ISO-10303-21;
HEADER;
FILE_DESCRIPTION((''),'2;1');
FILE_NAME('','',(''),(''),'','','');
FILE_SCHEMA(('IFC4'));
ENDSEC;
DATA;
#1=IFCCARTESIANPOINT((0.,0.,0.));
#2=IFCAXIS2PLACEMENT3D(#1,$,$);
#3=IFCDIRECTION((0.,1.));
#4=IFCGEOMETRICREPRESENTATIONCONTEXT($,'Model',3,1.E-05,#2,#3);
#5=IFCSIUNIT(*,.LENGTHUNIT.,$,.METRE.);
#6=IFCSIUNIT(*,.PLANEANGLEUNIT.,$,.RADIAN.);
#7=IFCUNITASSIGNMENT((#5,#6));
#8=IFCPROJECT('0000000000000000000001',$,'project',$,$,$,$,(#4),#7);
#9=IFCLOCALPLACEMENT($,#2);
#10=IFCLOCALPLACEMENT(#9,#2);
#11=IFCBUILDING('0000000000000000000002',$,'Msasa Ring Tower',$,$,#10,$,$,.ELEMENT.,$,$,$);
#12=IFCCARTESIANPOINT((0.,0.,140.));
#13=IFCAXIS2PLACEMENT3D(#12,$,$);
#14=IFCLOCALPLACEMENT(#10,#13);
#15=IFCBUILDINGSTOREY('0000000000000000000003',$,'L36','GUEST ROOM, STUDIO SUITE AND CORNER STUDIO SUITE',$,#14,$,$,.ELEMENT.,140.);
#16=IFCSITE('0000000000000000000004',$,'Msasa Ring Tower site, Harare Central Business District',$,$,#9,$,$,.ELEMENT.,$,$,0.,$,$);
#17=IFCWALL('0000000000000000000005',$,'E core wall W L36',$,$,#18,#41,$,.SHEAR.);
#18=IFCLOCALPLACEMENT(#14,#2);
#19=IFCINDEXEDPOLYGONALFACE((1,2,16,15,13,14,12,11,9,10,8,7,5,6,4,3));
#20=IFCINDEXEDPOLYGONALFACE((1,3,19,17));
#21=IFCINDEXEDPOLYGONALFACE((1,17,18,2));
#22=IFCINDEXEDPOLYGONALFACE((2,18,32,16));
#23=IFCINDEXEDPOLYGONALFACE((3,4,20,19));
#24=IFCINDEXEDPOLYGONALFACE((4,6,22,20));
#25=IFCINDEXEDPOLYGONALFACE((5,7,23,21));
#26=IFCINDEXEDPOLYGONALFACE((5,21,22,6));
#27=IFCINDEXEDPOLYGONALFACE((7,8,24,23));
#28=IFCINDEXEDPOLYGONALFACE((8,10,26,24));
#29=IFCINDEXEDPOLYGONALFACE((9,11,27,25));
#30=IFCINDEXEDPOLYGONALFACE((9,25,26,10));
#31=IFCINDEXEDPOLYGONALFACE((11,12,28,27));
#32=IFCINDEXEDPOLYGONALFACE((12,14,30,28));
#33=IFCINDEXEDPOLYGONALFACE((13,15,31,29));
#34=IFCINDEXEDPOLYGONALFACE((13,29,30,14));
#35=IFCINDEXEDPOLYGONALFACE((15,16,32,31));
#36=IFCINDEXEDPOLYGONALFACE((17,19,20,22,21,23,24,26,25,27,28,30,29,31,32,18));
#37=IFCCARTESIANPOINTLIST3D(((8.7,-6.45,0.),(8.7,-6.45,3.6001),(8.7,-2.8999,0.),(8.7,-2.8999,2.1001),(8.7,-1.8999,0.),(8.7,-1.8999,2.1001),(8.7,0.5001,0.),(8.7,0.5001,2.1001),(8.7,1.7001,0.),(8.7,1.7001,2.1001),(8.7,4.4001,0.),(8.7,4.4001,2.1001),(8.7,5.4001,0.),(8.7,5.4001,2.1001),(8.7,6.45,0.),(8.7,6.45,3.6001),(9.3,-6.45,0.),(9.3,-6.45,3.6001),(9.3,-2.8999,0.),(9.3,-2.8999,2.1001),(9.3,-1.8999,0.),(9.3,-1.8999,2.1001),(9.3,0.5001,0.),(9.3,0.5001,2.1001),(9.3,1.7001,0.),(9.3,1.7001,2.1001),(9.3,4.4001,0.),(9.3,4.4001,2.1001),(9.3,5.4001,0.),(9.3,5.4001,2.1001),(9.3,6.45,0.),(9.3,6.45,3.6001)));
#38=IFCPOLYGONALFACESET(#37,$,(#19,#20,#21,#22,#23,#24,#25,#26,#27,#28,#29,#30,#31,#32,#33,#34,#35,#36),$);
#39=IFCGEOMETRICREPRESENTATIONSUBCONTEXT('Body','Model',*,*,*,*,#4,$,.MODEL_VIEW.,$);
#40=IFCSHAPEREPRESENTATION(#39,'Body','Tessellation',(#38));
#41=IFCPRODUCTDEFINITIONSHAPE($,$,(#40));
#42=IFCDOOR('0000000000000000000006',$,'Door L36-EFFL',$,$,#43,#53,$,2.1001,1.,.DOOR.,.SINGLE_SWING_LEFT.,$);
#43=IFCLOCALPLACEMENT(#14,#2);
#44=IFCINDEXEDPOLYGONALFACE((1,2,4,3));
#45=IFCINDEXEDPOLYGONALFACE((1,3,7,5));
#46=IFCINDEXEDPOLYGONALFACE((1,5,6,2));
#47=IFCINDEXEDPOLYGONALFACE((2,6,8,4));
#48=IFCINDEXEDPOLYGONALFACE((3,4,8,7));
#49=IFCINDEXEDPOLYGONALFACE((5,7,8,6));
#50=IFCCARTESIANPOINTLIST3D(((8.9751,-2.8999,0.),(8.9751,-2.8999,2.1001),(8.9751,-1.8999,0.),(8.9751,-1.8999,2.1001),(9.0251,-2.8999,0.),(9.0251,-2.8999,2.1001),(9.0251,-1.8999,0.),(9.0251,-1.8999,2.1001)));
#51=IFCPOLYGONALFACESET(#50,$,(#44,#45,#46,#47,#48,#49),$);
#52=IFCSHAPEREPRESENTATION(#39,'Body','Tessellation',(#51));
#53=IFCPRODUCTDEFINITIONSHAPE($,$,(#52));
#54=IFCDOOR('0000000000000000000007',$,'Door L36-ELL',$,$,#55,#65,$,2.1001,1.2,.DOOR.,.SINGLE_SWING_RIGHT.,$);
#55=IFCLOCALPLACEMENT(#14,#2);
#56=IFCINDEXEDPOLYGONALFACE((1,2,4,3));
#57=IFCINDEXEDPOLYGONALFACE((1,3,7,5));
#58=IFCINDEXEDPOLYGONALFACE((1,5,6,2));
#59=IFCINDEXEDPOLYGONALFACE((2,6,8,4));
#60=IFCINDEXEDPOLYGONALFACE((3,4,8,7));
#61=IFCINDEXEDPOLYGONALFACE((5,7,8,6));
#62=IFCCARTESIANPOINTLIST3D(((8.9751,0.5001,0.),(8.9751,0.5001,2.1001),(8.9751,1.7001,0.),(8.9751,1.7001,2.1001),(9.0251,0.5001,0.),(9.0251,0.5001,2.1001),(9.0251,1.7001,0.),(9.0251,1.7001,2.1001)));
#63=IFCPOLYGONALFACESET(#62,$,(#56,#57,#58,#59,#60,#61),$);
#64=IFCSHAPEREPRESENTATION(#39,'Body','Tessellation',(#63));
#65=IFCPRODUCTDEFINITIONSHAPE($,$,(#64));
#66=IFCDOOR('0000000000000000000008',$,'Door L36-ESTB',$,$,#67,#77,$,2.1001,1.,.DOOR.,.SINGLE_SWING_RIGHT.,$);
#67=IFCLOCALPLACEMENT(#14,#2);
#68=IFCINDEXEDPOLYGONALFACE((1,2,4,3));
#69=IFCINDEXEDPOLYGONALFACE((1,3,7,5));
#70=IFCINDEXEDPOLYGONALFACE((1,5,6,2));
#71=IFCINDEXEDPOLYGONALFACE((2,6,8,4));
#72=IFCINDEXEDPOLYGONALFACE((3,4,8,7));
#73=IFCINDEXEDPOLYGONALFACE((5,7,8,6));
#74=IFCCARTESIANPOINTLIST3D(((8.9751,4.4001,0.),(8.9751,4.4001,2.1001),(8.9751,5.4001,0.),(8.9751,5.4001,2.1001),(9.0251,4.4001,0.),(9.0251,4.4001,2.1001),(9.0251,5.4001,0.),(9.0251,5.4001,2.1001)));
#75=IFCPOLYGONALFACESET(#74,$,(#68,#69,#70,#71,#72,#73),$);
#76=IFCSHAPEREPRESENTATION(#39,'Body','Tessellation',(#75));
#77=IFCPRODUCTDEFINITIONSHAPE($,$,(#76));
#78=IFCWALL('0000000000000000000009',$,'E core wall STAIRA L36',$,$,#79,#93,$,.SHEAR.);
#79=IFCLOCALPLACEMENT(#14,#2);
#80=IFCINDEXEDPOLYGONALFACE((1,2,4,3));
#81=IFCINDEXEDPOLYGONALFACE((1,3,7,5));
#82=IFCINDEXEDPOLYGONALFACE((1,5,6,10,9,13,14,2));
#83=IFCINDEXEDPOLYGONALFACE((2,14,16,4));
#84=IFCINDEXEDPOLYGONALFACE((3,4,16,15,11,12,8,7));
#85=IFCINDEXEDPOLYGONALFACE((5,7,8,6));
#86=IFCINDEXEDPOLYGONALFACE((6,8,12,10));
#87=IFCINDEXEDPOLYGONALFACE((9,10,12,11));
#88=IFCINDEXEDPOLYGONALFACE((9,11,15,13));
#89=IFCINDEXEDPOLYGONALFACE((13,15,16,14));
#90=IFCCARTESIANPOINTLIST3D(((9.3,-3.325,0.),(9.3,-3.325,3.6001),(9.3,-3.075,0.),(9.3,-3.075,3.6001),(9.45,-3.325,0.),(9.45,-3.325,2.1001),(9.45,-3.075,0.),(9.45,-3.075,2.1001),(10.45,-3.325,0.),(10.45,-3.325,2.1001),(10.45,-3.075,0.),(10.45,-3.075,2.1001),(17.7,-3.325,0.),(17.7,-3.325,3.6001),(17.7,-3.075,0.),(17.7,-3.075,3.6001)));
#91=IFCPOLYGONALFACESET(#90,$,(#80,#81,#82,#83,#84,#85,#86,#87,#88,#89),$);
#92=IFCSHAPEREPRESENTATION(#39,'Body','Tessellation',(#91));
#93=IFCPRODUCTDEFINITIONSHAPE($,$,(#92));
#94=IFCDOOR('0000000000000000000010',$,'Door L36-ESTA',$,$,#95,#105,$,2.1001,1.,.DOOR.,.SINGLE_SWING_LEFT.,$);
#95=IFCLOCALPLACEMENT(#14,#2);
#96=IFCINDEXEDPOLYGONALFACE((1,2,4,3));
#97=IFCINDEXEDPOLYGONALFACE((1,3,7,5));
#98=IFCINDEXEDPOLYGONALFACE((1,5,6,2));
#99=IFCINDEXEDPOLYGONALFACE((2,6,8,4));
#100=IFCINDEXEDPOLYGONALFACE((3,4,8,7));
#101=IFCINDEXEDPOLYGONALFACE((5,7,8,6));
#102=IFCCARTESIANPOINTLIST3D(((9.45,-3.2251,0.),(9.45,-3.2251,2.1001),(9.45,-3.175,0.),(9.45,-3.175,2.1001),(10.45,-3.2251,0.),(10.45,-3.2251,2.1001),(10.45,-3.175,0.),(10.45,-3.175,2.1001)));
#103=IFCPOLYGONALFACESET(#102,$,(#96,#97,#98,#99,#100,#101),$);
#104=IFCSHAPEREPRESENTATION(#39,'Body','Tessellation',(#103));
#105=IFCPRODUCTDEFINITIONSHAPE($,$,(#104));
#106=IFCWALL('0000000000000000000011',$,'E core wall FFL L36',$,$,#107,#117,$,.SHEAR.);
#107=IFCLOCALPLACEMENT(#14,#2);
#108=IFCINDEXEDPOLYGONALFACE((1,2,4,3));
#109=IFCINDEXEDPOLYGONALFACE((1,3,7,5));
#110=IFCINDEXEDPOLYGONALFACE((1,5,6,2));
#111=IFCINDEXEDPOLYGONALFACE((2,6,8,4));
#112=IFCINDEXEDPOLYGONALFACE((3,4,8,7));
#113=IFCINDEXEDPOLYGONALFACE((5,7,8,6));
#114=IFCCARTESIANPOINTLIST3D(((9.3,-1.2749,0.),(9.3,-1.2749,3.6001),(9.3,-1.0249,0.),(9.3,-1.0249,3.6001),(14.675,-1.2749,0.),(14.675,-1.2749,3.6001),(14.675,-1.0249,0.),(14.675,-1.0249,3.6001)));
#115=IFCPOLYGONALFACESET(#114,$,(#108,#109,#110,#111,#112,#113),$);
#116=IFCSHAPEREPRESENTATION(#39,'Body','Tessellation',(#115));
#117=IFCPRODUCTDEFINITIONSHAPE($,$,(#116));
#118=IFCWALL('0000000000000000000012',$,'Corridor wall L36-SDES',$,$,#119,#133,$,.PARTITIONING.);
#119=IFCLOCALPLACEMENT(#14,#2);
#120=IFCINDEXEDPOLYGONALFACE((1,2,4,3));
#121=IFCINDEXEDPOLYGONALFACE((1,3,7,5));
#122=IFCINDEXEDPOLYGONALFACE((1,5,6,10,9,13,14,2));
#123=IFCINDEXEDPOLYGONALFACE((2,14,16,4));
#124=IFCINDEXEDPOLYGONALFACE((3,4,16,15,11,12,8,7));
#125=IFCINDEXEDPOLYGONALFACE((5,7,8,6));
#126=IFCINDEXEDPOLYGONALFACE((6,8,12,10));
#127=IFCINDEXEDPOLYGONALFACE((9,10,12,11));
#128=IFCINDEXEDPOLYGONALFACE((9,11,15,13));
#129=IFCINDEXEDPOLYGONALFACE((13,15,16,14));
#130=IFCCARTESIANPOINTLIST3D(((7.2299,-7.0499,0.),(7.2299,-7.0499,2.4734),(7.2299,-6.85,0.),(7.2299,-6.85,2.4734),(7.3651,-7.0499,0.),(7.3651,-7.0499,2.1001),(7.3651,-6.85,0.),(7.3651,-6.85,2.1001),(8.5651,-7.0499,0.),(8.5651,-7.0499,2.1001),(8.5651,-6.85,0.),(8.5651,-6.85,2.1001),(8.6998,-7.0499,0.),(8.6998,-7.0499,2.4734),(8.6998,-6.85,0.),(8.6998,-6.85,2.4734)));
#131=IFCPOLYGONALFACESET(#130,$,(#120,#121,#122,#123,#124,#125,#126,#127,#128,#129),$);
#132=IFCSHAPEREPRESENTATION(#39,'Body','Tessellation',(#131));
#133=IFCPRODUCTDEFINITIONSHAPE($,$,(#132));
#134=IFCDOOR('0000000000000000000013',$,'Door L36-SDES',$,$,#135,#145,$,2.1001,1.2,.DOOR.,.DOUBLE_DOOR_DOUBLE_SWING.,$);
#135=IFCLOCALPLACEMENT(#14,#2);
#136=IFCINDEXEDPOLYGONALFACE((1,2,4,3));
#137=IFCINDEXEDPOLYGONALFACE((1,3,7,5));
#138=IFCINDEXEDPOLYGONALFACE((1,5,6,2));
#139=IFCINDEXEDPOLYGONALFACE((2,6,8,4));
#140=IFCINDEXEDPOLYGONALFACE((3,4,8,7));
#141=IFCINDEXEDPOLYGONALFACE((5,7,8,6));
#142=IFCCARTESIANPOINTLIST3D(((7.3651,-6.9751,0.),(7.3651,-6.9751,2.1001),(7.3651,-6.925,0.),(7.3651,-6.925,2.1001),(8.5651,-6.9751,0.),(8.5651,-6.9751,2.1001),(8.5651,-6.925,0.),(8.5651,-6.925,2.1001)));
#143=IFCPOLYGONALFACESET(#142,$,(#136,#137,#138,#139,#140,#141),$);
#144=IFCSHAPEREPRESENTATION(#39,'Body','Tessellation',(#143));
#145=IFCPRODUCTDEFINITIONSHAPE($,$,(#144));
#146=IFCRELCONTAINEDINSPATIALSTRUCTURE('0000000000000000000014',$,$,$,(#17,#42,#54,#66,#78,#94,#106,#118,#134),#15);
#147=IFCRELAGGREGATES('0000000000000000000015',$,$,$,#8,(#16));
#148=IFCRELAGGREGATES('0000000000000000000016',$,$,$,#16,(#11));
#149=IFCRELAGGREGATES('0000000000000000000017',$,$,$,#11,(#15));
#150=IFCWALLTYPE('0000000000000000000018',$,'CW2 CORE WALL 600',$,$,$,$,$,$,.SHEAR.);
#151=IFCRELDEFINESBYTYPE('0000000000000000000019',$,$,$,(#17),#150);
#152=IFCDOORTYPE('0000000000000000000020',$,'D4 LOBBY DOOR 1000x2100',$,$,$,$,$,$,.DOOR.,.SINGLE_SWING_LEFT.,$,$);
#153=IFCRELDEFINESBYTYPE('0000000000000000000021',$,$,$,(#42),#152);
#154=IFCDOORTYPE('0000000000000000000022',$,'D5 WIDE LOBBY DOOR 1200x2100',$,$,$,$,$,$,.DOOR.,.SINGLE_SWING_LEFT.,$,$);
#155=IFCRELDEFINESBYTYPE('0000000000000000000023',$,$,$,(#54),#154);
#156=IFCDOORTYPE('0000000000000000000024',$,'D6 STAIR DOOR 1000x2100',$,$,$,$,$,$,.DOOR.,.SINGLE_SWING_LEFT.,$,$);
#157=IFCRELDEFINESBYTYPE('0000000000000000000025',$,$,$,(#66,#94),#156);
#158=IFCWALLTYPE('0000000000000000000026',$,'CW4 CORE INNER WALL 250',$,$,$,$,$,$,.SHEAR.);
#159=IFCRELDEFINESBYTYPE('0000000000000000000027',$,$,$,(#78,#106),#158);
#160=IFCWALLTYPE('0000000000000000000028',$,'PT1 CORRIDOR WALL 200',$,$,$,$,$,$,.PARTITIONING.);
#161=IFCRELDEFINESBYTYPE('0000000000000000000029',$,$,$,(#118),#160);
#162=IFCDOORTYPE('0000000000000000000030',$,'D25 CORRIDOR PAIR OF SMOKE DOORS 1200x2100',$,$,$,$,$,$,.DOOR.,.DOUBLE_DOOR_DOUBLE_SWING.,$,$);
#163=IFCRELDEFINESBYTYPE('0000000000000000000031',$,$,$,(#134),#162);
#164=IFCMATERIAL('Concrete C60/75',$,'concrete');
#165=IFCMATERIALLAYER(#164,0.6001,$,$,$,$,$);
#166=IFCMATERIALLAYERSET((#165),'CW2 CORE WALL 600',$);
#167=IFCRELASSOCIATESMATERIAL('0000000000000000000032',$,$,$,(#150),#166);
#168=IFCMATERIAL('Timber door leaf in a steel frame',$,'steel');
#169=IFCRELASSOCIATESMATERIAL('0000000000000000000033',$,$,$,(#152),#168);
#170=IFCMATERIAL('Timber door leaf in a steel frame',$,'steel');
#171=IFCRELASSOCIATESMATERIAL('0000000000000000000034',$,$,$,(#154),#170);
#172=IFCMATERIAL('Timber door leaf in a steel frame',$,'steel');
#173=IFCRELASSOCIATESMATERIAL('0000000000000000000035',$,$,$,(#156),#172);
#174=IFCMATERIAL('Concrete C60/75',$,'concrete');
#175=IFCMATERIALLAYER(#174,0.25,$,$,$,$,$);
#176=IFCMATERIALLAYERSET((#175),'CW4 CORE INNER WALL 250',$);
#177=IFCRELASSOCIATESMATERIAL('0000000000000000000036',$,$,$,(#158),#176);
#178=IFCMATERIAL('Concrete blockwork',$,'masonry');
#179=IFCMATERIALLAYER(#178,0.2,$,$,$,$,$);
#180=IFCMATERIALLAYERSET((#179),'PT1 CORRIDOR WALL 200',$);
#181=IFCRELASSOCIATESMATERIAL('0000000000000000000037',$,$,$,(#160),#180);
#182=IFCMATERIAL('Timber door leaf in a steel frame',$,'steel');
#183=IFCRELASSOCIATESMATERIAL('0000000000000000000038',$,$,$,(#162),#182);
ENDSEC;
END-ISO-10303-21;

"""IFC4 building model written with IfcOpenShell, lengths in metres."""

from ifc_helpers import new_model, si_unit, direction, frame, frame_2d, origin, place, context, subcontext, project, spatial, rectangle, extrude, material, layer, layer_set, type_object, element, fill, save


model = new_model("IFC4")

# Units and contexts
model_context = context("Model", 3, precision=1e-05, world=origin(), true_north=direction((0.0, 1.0)))
body_context = subcontext(model_context, "Body", "Model", "MODEL_VIEW")
ifc_project = project(units=[si_unit("LENGTHUNIT", "METRE"), si_unit("PLANEANGLEUNIT", "RADIAN")], contexts=[model_context])

# Site, building, storey
site_placement = place(None, origin())
site = spatial("IfcSite", under=ifc_project, at=site_placement, Name="Msasa Ring Tower site, Harare Central Business District", CompositionType="ELEMENT", RefElevation=0.0)
building_placement = place(site_placement, origin())
building = spatial("IfcBuilding", under=site, at=building_placement, Name="Msasa Ring Tower", CompositionType="ELEMENT")
storey_placement = place(building_placement, frame((0.0, 0.0, 140.0)))
storey = spatial("IfcBuildingStorey", under=building, at=storey_placement, Name="L36", Description="GUEST ROOM, STUDIO SUITE AND CORNER STUDIO SUITE", CompositionType="ELEMENT", Elevation=140.0)

# Shared definitions
ifc_material_1 = material(Name="Concrete C60/75", Category="concrete")
ifc_layer_1 = layer(ifc_material_1, 0.6001)
ifc_layer_set_1 = layer_set([ifc_layer_1], Name="CW2 CORE WALL 600")
wall_type_1 = type_object("IfcWallType", Name="CW2 CORE WALL 600", PredefinedType="SHEAR", material=ifc_layer_set_1)

# Wall, openings, doors
wall_1_placement = place(storey_placement, frame((9.0, -6.45, 0.0), z_axis=(0.0, 0.0, 1.0), x_axis=(0.0, 1.0, 0.0)))
wall_1 = element("IfcWall", 1, at=wall_1_placement, inside=storey, type_object=wall_type_1, Name="E core wall W L36", PredefinedType="SHEAR", context=body_context, shape_type="SweptSolid", body=[
    extrude(rectangle(XDim=12.8999, YDim=0.6001, at=frame_2d((6.45, 0.0))), origin(), (0.0, 0.0, 1.0), 3.6001),
])
opening_1_placement = place(wall_1_placement, frame((3.55, 0.0, 0.0)))
opening_1 = element("IfcOpeningElement", 2, at=opening_1_placement, cuts=wall_1, PredefinedType="OPENING", context=body_context, shape_type="SweptSolid", body=[
    extrude(rectangle(XDim=1.0, YDim=2.1001, at=frame_2d((0.5, 1.05))), frame((0.0, 0.3101, 0.0), z_axis=(0.0, -1.0, 0.0), x_axis=(1.0, 0.0, 0.0)), (0.0, 0.0, 1.0), 0.6201),
])
opening_2_placement = place(wall_1_placement, frame((6.95, 0.0, 0.0)))
opening_2 = element("IfcOpeningElement", 3, at=opening_2_placement, cuts=wall_1, PredefinedType="OPENING", context=body_context, shape_type="SweptSolid", body=[
    extrude(rectangle(XDim=1.2, YDim=2.1001, at=frame_2d((0.6001, 1.05))), frame((0.0, 0.3101, 0.0), z_axis=(0.0, -1.0, 0.0), x_axis=(1.0, 0.0, 0.0)), (0.0, 0.0, 1.0), 0.6201),
])
opening_3_placement = place(wall_1_placement, frame((10.8501, 0.0, 0.0)))
opening_3 = element("IfcOpeningElement", 4, at=opening_3_placement, cuts=wall_1, PredefinedType="OPENING", context=body_context, shape_type="SweptSolid", body=[
    extrude(rectangle(XDim=1.0, YDim=2.1001, at=frame_2d((0.5, 1.05))), frame((0.0, 0.3101, 0.0), z_axis=(0.0, -1.0, 0.0), x_axis=(1.0, 0.0, 0.0)), (0.0, 0.0, 1.0), 0.6201),
])
ifc_material_2 = material(Name="Timber door leaf in a steel frame", Category="steel")
door_type_1 = type_object("IfcDoorType", Name="D4 LOBBY DOOR 1000x2100", OperationType="SINGLE_SWING_LEFT", PredefinedType="DOOR", material=ifc_material_2)
door_1_placement = place(opening_1_placement, origin())
door_1 = element("IfcDoor", 5, at=door_1_placement, inside=storey, type_object=door_type_1, Name="Door L36-EFFL", OperationType="SINGLE_SWING_LEFT", OverallHeight=2.1001, OverallWidth=1.0, PredefinedType="DOOR", context=body_context, shape_type="SweptSolid", body=[
    extrude(rectangle(XDim=1.0, YDim=2.1001, at=frame_2d((0.5, 1.05))), frame((0.0, 0.0249, 0.0), z_axis=(0.0, -1.0, 0.0), x_axis=(1.0, 0.0, 0.0)), (0.0, 0.0, 1.0), 0.05),
])
fill(opening_1, door_1)
ifc_material_3 = material(Name="Timber door leaf in a steel frame", Category="steel")
door_type_2 = type_object("IfcDoorType", Name="D5 WIDE LOBBY DOOR 1200x2100", OperationType="SINGLE_SWING_LEFT", PredefinedType="DOOR", material=ifc_material_3)
door_2_placement = place(opening_2_placement, origin())
door_2 = element("IfcDoor", 6, at=door_2_placement, inside=storey, type_object=door_type_2, Name="Door L36-ELL", OperationType="SINGLE_SWING_RIGHT", OverallHeight=2.1001, OverallWidth=1.2, PredefinedType="DOOR", context=body_context, shape_type="SweptSolid", body=[
    extrude(rectangle(XDim=1.2, YDim=2.1001, at=frame_2d((0.6001, 1.05))), frame((0.0, 0.0249, 0.0), z_axis=(0.0, -1.0, 0.0), x_axis=(1.0, 0.0, 0.0)), (0.0, 0.0, 1.0), 0.05),
])
fill(opening_2, door_2)
ifc_material_4 = material(Name="Timber door leaf in a steel frame", Category="steel")
door_type_3 = type_object("IfcDoorType", Name="D6 STAIR DOOR 1000x2100", OperationType="SINGLE_SWING_LEFT", PredefinedType="DOOR", material=ifc_material_4)
door_3_placement = place(opening_3_placement, origin())
door_3 = element("IfcDoor", 7, at=door_3_placement, inside=storey, type_object=door_type_3, Name="Door L36-ESTB", OperationType="SINGLE_SWING_RIGHT", OverallHeight=2.1001, OverallWidth=1.0, PredefinedType="DOOR", context=body_context, shape_type="SweptSolid", body=[
    extrude(rectangle(XDim=1.0, YDim=2.1001, at=frame_2d((0.5, 1.05))), frame((0.0, 0.0249, 0.0), z_axis=(0.0, -1.0, 0.0), x_axis=(1.0, 0.0, 0.0)), (0.0, 0.0, 1.0), 0.05),
])
fill(opening_3, door_3)

# Wall, opening, door
ifc_material_5 = material(Name="Concrete C60/75", Category="concrete")
ifc_layer_2 = layer(ifc_material_5, 0.25)
ifc_layer_set_2 = layer_set([ifc_layer_2], Name="CW4 CORE INNER WALL 250")
wall_type_2 = type_object("IfcWallType", Name="CW4 CORE INNER WALL 250", PredefinedType="SHEAR", material=ifc_layer_set_2)
wall_2_placement = place(storey_placement, frame((9.3, -3.2, 0.0), z_axis=(0.0, 0.0, 1.0), x_axis=(1.0, 0.0, 0.0)))
wall_2 = element("IfcWall", 8, at=wall_2_placement, inside=storey, type_object=wall_type_2, Name="E core wall STAIRA L36", PredefinedType="SHEAR", context=body_context, shape_type="SweptSolid", body=[
    extrude(rectangle(XDim=8.3999, YDim=0.25, at=frame_2d((4.2, 0.0))), origin(), (0.0, 0.0, 1.0), 3.6001),
])
opening_4_placement = place(wall_2_placement, frame((0.1499, 0.0, 0.0)))
opening_4 = element("IfcOpeningElement", 9, at=opening_4_placement, cuts=wall_2, PredefinedType="OPENING", context=body_context, shape_type="SweptSolid", body=[
    extrude(rectangle(XDim=1.0, YDim=2.1001, at=frame_2d((0.5, 1.05))), frame((0.0, 0.135, 0.0), z_axis=(0.0, -1.0, 0.0), x_axis=(1.0, 0.0, 0.0)), (0.0, 0.0, 1.0), 0.27),
])
door_4_placement = place(opening_4_placement, origin())
door_4 = element("IfcDoor", 10, at=door_4_placement, inside=storey, type_object=door_type_3, Name="Door L36-ESTA", OperationType="SINGLE_SWING_LEFT", OverallHeight=2.1001, OverallWidth=1.0, PredefinedType="DOOR", context=body_context, shape_type="SweptSolid", body=[
    extrude(rectangle(XDim=1.0, YDim=2.1001, at=frame_2d((0.5, 1.05))), frame((0.0, 0.0249, 0.0), z_axis=(0.0, -1.0, 0.0), x_axis=(1.0, 0.0, 0.0)), (0.0, 0.0, 1.0), 0.05),
])
fill(opening_4, door_4)

# Wall
wall_3_placement = place(storey_placement, frame((9.3, -1.1499, 0.0), z_axis=(0.0, 0.0, 1.0), x_axis=(1.0, 0.0, 0.0)))
element("IfcWall", 11, at=wall_3_placement, inside=storey, type_object=wall_type_2, Name="E core wall FFL L36", PredefinedType="SHEAR", context=body_context, shape_type="SweptSolid", body=[
    extrude(rectangle(XDim=5.375, YDim=0.25, at=frame_2d((2.6875, 0.0))), origin(), (0.0, 0.0, 1.0), 3.6001),
])

# Wall, opening, door
ifc_material_6 = material(Name="Concrete blockwork", Category="masonry")
ifc_layer_3 = layer(ifc_material_6, 0.2)
ifc_layer_set_3 = layer_set([ifc_layer_3], Name="PT1 CORRIDOR WALL 200")
wall_type_3 = type_object("IfcWallType", Name="PT1 CORRIDOR WALL 200", PredefinedType="PARTITIONING", material=ifc_layer_set_3)
wall_4_placement = place(storey_placement, frame((7.23, -6.95, 0.0), z_axis=(0.0, 0.0, 1.0), x_axis=(1.0, 0.0, 0.0)))
wall_4 = element("IfcWall", 12, at=wall_4_placement, inside=storey, type_object=wall_type_3, Name="Corridor wall L36-SDES", PredefinedType="PARTITIONING", context=body_context, shape_type="SweptSolid", body=[
    extrude(rectangle(XDim=1.47, YDim=0.2, at=frame_2d((0.7349, 0.0))), origin(), (0.0, 0.0, 1.0), 2.4734),
])
opening_5_placement = place(wall_4_placement, frame((0.135, 0.0, 0.0)))
opening_5 = element("IfcOpeningElement", 13, at=opening_5_placement, cuts=wall_4, PredefinedType="OPENING", context=body_context, shape_type="SweptSolid", body=[
    extrude(rectangle(XDim=1.2, YDim=2.1001, at=frame_2d((0.6001, 1.05))), frame((0.0, 0.1099, 0.0), z_axis=(0.0, -1.0, 0.0), x_axis=(1.0, 0.0, 0.0)), (0.0, 0.0, 1.0), 0.22),
])
ifc_material_7 = material(Name="Timber door leaf in a steel frame", Category="steel")
door_type_4 = type_object("IfcDoorType", Name="D25 CORRIDOR PAIR OF SMOKE DOORS 1200x2100", OperationType="DOUBLE_DOOR_DOUBLE_SWING", PredefinedType="DOOR", material=ifc_material_7)
door_5_placement = place(opening_5_placement, origin())
door_5 = element("IfcDoor", 14, at=door_5_placement, inside=storey, type_object=door_type_4, Name="Door L36-SDES", OperationType="DOUBLE_DOOR_DOUBLE_SWING", OverallHeight=2.1001, OverallWidth=1.2, PredefinedType="DOOR", context=body_context, shape_type="SweptSolid", body=[
    extrude(rectangle(XDim=1.2, YDim=2.1001, at=frame_2d((0.6001, 1.05))), frame((0.0, 0.0249, 0.0), z_axis=(0.0, -1.0, 0.0), x_axis=(1.0, 0.0, 0.0)), (0.0, 0.0, 1.0), 0.05),
])
fill(opening_5, door_5)

save(model, "model.ifc")
